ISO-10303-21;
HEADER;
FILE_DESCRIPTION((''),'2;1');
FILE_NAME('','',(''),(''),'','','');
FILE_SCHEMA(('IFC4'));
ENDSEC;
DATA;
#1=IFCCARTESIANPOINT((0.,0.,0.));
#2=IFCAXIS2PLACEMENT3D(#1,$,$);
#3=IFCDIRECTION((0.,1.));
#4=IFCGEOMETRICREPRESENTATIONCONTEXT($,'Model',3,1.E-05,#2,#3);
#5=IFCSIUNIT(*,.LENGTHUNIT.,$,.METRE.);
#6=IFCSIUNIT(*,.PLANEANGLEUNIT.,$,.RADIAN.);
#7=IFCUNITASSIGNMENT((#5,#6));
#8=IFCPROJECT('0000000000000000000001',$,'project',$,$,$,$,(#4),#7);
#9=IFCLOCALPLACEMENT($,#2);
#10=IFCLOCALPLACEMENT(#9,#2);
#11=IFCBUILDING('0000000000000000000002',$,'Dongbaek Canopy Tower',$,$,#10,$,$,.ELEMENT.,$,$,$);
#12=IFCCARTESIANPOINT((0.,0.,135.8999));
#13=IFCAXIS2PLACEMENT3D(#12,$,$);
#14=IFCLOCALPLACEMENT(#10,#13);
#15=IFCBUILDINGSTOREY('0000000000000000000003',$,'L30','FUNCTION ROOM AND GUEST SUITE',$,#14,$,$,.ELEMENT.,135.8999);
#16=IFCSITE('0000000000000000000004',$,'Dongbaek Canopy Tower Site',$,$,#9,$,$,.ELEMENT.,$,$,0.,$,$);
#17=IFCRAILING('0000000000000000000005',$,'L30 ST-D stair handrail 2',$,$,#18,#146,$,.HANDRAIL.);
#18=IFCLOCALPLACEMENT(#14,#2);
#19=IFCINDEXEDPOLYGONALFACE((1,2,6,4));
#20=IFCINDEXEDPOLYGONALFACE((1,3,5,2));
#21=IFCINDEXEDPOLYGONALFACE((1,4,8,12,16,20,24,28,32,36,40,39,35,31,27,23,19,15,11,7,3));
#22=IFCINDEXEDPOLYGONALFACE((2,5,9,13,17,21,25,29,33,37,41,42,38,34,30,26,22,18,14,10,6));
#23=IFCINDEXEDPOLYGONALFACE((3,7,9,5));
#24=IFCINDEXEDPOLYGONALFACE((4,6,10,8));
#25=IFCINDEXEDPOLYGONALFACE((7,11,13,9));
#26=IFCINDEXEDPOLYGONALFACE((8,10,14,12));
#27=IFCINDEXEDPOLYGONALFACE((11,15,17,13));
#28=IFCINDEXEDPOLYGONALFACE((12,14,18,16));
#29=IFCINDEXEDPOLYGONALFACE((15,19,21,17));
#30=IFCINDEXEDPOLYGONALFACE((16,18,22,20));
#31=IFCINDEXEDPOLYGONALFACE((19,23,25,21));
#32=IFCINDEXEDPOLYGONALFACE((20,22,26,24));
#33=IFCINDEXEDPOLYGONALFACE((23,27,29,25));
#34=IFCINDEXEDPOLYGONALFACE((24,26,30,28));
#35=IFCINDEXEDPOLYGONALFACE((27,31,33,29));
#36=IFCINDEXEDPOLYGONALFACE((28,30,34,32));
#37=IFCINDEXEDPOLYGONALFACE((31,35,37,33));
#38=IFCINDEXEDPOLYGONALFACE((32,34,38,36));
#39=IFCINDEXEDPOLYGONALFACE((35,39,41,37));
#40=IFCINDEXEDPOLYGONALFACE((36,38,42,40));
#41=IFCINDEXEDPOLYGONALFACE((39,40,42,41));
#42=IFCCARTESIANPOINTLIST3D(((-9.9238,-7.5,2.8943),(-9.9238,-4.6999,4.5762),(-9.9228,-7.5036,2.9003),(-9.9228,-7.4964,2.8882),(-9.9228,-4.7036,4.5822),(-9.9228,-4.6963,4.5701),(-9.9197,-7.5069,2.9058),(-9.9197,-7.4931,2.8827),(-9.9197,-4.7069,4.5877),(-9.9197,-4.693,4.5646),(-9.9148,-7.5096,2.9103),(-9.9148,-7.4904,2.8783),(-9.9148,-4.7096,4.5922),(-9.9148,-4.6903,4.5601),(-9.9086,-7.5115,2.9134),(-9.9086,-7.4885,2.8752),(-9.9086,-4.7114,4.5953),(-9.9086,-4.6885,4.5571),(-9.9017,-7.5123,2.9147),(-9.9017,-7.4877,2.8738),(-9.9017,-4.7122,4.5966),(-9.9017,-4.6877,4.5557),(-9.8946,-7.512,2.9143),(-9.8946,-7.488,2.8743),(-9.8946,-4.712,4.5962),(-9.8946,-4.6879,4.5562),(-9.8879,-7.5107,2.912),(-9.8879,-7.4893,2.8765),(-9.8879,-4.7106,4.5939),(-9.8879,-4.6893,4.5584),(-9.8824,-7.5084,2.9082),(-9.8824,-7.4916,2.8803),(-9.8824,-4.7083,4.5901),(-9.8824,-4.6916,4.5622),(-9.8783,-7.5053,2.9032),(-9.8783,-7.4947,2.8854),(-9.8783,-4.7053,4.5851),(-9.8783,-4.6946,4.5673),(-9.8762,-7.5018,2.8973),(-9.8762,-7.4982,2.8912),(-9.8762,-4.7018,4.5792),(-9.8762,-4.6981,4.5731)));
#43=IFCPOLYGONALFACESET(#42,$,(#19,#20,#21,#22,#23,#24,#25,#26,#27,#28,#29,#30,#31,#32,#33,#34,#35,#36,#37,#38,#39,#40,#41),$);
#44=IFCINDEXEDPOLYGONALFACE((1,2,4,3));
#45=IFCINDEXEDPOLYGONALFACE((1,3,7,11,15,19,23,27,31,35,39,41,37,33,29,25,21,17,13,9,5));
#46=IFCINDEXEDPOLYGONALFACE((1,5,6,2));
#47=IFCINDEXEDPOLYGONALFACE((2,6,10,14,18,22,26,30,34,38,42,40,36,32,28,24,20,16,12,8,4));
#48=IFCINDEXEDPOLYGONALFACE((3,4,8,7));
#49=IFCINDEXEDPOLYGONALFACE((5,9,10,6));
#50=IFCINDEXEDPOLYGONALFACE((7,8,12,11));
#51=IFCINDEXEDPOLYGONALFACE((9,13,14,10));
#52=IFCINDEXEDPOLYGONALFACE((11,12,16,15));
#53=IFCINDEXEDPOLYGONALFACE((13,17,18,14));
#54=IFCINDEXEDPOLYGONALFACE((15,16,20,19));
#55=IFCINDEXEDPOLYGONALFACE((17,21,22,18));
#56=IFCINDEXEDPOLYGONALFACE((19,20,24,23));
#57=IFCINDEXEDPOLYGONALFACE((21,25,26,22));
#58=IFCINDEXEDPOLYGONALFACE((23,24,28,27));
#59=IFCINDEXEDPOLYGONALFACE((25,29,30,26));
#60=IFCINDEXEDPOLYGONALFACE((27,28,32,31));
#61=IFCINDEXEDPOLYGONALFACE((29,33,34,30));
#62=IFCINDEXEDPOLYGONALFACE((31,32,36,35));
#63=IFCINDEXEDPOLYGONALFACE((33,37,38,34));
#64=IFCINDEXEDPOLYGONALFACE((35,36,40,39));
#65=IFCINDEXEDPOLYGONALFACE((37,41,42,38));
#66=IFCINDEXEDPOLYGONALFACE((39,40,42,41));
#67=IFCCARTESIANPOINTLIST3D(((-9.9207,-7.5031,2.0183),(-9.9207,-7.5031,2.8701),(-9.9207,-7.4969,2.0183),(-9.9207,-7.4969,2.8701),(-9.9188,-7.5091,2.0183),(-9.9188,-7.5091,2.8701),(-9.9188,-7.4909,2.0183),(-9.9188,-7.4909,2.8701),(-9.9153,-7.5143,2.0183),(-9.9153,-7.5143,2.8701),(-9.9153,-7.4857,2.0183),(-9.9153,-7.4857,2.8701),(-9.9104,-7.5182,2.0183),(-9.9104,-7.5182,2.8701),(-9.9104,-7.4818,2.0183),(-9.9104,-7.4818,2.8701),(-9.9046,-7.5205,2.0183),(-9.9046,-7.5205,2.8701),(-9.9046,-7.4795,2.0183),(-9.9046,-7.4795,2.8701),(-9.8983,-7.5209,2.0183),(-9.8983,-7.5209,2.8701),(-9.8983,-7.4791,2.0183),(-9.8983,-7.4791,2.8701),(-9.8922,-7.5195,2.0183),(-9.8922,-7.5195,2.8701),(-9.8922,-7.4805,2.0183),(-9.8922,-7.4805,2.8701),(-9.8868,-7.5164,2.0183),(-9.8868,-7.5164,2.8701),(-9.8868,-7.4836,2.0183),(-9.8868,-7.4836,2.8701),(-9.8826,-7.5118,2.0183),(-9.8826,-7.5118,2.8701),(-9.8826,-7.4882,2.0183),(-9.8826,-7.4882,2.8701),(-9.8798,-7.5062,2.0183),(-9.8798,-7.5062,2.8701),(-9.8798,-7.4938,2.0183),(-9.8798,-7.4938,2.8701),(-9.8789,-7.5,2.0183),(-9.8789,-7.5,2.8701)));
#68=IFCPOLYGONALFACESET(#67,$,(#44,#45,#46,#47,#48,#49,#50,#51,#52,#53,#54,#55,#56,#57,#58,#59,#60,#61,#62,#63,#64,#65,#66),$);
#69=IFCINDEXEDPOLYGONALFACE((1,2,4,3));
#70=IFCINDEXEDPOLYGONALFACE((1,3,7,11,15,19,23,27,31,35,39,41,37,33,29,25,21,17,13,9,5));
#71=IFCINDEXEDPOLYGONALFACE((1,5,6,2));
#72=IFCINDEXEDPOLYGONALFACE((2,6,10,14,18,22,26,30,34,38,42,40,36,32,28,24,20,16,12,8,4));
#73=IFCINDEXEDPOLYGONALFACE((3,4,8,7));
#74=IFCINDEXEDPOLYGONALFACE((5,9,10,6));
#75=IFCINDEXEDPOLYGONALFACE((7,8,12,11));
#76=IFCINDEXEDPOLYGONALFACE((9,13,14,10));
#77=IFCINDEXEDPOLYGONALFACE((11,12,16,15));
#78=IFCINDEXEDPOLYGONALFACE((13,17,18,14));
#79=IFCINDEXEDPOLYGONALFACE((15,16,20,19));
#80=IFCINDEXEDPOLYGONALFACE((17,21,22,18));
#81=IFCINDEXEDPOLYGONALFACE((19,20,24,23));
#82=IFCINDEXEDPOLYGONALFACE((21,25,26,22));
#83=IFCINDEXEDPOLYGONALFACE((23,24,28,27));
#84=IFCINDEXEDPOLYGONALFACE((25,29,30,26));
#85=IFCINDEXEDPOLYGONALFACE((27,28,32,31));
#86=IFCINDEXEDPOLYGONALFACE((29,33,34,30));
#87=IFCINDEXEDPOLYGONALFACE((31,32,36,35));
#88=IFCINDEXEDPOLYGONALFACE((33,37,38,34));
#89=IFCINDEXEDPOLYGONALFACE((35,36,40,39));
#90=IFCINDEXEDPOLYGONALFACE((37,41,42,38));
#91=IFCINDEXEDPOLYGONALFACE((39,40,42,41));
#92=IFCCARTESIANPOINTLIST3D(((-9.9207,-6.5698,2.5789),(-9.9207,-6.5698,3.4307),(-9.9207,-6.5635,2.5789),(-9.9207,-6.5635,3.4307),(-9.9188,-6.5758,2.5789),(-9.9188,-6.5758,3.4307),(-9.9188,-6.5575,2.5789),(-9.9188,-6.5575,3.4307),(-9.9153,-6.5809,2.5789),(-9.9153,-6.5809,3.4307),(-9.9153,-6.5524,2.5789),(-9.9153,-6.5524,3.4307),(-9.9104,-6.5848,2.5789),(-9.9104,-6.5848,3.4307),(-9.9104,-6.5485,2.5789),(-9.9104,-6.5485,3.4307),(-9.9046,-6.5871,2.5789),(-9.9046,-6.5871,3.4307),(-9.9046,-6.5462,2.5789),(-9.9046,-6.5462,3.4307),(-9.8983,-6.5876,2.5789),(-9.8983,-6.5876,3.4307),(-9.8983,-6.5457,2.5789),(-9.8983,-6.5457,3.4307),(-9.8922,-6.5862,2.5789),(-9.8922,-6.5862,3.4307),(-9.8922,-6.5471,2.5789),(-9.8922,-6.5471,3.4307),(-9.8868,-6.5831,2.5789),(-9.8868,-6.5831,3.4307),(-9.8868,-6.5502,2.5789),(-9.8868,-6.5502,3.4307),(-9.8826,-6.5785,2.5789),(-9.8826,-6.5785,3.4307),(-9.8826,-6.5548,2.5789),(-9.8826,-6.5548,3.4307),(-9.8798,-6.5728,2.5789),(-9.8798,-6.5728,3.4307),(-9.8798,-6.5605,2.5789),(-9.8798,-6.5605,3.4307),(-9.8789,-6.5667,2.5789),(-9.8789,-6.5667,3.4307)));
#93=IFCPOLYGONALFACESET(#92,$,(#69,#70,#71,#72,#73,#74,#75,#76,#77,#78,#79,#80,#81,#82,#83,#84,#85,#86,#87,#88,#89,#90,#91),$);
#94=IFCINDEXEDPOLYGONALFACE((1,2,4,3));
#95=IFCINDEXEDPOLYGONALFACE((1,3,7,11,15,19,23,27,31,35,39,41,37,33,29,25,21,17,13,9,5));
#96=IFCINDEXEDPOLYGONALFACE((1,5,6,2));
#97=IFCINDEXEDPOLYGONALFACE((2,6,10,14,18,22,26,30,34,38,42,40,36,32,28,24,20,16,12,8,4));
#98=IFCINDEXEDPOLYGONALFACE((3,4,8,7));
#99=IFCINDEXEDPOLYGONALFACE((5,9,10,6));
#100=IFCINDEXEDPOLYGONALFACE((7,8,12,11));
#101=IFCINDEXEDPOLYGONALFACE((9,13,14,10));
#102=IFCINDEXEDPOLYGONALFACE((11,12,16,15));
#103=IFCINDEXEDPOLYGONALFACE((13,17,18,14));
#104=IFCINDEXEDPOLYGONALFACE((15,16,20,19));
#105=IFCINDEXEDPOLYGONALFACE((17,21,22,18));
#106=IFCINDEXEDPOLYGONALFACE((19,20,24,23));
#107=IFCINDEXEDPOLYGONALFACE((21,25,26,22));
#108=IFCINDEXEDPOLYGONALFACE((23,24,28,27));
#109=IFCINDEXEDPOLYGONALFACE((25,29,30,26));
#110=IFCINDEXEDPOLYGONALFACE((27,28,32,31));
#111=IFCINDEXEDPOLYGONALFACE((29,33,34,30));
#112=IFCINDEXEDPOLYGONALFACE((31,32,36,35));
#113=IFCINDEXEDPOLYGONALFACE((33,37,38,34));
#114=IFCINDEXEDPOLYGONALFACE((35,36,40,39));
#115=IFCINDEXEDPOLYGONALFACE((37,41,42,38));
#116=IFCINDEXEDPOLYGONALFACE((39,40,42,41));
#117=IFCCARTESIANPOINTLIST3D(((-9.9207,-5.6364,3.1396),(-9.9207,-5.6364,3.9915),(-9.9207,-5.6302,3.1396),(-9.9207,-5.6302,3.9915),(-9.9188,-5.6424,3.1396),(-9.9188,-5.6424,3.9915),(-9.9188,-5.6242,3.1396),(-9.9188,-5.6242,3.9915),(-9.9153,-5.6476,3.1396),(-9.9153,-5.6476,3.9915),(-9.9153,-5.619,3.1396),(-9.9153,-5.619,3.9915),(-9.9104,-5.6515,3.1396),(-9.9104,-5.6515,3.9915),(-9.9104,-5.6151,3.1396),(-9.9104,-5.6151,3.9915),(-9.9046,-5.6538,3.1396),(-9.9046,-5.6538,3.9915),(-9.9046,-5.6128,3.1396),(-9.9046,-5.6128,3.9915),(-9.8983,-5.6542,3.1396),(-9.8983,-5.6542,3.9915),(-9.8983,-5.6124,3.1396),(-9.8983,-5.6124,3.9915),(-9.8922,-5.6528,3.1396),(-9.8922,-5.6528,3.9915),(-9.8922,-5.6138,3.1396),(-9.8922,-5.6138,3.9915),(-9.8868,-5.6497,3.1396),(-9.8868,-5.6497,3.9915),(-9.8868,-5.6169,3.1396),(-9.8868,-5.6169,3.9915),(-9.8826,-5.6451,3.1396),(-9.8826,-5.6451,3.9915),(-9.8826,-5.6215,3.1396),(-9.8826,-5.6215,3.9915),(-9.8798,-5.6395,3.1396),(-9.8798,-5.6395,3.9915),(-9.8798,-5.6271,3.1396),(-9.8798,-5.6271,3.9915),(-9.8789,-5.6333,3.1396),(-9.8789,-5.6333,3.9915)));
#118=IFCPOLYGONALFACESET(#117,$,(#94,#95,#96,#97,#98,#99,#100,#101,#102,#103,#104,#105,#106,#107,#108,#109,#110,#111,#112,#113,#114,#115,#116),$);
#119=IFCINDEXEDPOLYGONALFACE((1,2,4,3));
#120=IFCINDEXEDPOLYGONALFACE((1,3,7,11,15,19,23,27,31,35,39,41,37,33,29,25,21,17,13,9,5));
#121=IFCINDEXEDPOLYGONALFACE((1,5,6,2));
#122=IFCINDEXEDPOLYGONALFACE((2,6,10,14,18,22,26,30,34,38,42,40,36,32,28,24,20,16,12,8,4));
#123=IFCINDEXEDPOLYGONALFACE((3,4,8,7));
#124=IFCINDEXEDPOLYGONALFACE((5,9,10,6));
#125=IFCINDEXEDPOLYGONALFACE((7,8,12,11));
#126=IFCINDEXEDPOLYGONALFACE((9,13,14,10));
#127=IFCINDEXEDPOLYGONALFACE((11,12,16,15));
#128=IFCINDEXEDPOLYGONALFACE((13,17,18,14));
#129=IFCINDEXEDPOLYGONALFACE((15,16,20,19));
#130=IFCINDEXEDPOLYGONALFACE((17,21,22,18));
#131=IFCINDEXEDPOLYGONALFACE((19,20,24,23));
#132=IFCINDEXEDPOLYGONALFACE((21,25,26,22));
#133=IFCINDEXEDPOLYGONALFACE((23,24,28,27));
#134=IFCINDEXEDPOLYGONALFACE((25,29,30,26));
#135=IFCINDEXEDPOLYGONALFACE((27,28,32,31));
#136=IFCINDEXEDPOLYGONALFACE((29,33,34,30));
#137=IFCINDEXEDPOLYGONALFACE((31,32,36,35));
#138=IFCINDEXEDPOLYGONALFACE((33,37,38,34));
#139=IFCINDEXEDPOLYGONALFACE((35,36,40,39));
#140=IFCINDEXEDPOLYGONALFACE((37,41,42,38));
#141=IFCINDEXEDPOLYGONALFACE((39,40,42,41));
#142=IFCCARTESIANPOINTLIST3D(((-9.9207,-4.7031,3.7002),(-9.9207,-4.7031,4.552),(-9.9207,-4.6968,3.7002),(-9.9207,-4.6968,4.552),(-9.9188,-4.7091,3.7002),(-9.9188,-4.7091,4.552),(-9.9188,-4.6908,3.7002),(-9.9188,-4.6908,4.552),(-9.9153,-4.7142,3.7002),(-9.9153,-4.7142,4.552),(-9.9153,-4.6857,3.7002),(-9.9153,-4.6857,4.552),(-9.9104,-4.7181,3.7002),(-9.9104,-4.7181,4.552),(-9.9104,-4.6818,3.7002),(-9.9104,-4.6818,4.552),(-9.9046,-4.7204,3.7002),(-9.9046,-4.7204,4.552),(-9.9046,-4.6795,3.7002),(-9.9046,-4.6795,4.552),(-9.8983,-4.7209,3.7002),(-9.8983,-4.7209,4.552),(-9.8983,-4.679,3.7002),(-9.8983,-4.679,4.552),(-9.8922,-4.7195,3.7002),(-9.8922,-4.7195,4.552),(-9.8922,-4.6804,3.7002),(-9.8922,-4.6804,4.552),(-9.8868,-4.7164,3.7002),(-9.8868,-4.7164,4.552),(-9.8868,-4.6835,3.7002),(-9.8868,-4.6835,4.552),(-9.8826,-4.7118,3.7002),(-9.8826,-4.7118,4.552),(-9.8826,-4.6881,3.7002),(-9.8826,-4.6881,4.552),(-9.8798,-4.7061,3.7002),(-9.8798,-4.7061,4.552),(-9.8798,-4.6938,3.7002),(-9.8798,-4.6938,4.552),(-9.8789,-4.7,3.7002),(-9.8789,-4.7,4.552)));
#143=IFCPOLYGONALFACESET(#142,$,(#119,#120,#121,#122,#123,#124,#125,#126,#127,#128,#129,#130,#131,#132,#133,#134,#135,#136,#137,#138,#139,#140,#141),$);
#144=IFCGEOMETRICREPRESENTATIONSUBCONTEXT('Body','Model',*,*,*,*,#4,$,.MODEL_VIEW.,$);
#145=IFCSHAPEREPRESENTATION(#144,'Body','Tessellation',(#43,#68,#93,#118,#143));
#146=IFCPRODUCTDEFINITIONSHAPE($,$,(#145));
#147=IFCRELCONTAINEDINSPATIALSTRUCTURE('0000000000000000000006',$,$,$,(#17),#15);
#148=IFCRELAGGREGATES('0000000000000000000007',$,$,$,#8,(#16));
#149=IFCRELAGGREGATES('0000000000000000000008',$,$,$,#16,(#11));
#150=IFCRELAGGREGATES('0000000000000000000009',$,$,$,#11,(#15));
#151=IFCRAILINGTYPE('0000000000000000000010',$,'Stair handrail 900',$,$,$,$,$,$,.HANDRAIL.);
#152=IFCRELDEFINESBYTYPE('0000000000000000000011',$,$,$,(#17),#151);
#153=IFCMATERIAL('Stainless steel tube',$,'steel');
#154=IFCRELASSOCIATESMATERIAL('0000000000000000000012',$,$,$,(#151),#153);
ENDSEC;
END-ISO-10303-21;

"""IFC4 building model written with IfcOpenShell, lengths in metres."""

from ifc_helpers import new_model, si_unit, direction, frame, origin, origin_2d, place, context, subcontext, project, spatial, circle, extrude, material, type_object, element, save


model = new_model("IFC4")

# Units and contexts
model_context = context("Model", 3, precision=1e-05, world=origin(), true_north=direction((0.0, 1.0)))
body_context = subcontext(model_context, "Body", "Model", "MODEL_VIEW")
ifc_project = project(units=[si_unit("LENGTHUNIT", "METRE"), si_unit("PLANEANGLEUNIT", "RADIAN")], contexts=[model_context])

# Site, building, storey
site_placement = place(None, origin())
site = spatial("IfcSite", under=ifc_project, at=site_placement, Name="Dongbaek Canopy Tower Site", CompositionType="ELEMENT", RefElevation=0.0)
building_placement = place(site_placement, origin())
building = spatial("IfcBuilding", under=site, at=building_placement, Name="Dongbaek Canopy Tower", CompositionType="ELEMENT")
storey_placement = place(building_placement, frame((0.0, 0.0, 135.8999)))
storey = spatial("IfcBuildingStorey", under=building, at=storey_placement, Name="L30", Description="FUNCTION ROOM AND GUEST SUITE", CompositionType="ELEMENT", Elevation=135.8999)

# Railing
ifc_material_1 = material(Name="Stainless steel tube", Category="steel")
railing_type_1 = type_object("IfcRailingType", Name="Stair handrail 900", PredefinedType="HANDRAIL", material=ifc_material_1)
railing_1_placement = place(storey_placement, frame((-9.8999, -7.5, 2.0183)))
element("IfcRailing", 1, at=railing_1_placement, inside=storey, type_object=railing_type_1, Name="L30 ST-D stair handrail 2", PredefinedType="HANDRAIL", context=body_context, shape_type="SweptSolid", body=[
    extrude(circle(Radius=0.0239, at=origin_2d()), frame((0.0, 0.0, 0.876), z_axis=(0.0, 0.857242, 0.514913), x_axis=(-1.0, 0.0, 0.0)), (0.0, 0.0, 1.0), 3.2664),
    extrude(circle(Radius=0.021, at=origin_2d()), origin(), (0.0, 0.0, 1.0), 0.8518),
    extrude(circle(Radius=0.021, at=origin_2d()), frame((0.0, 0.9333, 0.5605)), (0.0, 0.0, 1.0), 0.8518),
    extrude(circle(Radius=0.021, at=origin_2d()), frame((0.0, 1.8667, 1.1213)), (0.0, 0.0, 1.0), 0.8518),
    extrude(circle(Radius=0.021, at=origin_2d()), frame((0.0, 2.8, 1.6819)), (0.0, 0.0, 1.0), 0.8518),
])

save(model, "model.ifc")
